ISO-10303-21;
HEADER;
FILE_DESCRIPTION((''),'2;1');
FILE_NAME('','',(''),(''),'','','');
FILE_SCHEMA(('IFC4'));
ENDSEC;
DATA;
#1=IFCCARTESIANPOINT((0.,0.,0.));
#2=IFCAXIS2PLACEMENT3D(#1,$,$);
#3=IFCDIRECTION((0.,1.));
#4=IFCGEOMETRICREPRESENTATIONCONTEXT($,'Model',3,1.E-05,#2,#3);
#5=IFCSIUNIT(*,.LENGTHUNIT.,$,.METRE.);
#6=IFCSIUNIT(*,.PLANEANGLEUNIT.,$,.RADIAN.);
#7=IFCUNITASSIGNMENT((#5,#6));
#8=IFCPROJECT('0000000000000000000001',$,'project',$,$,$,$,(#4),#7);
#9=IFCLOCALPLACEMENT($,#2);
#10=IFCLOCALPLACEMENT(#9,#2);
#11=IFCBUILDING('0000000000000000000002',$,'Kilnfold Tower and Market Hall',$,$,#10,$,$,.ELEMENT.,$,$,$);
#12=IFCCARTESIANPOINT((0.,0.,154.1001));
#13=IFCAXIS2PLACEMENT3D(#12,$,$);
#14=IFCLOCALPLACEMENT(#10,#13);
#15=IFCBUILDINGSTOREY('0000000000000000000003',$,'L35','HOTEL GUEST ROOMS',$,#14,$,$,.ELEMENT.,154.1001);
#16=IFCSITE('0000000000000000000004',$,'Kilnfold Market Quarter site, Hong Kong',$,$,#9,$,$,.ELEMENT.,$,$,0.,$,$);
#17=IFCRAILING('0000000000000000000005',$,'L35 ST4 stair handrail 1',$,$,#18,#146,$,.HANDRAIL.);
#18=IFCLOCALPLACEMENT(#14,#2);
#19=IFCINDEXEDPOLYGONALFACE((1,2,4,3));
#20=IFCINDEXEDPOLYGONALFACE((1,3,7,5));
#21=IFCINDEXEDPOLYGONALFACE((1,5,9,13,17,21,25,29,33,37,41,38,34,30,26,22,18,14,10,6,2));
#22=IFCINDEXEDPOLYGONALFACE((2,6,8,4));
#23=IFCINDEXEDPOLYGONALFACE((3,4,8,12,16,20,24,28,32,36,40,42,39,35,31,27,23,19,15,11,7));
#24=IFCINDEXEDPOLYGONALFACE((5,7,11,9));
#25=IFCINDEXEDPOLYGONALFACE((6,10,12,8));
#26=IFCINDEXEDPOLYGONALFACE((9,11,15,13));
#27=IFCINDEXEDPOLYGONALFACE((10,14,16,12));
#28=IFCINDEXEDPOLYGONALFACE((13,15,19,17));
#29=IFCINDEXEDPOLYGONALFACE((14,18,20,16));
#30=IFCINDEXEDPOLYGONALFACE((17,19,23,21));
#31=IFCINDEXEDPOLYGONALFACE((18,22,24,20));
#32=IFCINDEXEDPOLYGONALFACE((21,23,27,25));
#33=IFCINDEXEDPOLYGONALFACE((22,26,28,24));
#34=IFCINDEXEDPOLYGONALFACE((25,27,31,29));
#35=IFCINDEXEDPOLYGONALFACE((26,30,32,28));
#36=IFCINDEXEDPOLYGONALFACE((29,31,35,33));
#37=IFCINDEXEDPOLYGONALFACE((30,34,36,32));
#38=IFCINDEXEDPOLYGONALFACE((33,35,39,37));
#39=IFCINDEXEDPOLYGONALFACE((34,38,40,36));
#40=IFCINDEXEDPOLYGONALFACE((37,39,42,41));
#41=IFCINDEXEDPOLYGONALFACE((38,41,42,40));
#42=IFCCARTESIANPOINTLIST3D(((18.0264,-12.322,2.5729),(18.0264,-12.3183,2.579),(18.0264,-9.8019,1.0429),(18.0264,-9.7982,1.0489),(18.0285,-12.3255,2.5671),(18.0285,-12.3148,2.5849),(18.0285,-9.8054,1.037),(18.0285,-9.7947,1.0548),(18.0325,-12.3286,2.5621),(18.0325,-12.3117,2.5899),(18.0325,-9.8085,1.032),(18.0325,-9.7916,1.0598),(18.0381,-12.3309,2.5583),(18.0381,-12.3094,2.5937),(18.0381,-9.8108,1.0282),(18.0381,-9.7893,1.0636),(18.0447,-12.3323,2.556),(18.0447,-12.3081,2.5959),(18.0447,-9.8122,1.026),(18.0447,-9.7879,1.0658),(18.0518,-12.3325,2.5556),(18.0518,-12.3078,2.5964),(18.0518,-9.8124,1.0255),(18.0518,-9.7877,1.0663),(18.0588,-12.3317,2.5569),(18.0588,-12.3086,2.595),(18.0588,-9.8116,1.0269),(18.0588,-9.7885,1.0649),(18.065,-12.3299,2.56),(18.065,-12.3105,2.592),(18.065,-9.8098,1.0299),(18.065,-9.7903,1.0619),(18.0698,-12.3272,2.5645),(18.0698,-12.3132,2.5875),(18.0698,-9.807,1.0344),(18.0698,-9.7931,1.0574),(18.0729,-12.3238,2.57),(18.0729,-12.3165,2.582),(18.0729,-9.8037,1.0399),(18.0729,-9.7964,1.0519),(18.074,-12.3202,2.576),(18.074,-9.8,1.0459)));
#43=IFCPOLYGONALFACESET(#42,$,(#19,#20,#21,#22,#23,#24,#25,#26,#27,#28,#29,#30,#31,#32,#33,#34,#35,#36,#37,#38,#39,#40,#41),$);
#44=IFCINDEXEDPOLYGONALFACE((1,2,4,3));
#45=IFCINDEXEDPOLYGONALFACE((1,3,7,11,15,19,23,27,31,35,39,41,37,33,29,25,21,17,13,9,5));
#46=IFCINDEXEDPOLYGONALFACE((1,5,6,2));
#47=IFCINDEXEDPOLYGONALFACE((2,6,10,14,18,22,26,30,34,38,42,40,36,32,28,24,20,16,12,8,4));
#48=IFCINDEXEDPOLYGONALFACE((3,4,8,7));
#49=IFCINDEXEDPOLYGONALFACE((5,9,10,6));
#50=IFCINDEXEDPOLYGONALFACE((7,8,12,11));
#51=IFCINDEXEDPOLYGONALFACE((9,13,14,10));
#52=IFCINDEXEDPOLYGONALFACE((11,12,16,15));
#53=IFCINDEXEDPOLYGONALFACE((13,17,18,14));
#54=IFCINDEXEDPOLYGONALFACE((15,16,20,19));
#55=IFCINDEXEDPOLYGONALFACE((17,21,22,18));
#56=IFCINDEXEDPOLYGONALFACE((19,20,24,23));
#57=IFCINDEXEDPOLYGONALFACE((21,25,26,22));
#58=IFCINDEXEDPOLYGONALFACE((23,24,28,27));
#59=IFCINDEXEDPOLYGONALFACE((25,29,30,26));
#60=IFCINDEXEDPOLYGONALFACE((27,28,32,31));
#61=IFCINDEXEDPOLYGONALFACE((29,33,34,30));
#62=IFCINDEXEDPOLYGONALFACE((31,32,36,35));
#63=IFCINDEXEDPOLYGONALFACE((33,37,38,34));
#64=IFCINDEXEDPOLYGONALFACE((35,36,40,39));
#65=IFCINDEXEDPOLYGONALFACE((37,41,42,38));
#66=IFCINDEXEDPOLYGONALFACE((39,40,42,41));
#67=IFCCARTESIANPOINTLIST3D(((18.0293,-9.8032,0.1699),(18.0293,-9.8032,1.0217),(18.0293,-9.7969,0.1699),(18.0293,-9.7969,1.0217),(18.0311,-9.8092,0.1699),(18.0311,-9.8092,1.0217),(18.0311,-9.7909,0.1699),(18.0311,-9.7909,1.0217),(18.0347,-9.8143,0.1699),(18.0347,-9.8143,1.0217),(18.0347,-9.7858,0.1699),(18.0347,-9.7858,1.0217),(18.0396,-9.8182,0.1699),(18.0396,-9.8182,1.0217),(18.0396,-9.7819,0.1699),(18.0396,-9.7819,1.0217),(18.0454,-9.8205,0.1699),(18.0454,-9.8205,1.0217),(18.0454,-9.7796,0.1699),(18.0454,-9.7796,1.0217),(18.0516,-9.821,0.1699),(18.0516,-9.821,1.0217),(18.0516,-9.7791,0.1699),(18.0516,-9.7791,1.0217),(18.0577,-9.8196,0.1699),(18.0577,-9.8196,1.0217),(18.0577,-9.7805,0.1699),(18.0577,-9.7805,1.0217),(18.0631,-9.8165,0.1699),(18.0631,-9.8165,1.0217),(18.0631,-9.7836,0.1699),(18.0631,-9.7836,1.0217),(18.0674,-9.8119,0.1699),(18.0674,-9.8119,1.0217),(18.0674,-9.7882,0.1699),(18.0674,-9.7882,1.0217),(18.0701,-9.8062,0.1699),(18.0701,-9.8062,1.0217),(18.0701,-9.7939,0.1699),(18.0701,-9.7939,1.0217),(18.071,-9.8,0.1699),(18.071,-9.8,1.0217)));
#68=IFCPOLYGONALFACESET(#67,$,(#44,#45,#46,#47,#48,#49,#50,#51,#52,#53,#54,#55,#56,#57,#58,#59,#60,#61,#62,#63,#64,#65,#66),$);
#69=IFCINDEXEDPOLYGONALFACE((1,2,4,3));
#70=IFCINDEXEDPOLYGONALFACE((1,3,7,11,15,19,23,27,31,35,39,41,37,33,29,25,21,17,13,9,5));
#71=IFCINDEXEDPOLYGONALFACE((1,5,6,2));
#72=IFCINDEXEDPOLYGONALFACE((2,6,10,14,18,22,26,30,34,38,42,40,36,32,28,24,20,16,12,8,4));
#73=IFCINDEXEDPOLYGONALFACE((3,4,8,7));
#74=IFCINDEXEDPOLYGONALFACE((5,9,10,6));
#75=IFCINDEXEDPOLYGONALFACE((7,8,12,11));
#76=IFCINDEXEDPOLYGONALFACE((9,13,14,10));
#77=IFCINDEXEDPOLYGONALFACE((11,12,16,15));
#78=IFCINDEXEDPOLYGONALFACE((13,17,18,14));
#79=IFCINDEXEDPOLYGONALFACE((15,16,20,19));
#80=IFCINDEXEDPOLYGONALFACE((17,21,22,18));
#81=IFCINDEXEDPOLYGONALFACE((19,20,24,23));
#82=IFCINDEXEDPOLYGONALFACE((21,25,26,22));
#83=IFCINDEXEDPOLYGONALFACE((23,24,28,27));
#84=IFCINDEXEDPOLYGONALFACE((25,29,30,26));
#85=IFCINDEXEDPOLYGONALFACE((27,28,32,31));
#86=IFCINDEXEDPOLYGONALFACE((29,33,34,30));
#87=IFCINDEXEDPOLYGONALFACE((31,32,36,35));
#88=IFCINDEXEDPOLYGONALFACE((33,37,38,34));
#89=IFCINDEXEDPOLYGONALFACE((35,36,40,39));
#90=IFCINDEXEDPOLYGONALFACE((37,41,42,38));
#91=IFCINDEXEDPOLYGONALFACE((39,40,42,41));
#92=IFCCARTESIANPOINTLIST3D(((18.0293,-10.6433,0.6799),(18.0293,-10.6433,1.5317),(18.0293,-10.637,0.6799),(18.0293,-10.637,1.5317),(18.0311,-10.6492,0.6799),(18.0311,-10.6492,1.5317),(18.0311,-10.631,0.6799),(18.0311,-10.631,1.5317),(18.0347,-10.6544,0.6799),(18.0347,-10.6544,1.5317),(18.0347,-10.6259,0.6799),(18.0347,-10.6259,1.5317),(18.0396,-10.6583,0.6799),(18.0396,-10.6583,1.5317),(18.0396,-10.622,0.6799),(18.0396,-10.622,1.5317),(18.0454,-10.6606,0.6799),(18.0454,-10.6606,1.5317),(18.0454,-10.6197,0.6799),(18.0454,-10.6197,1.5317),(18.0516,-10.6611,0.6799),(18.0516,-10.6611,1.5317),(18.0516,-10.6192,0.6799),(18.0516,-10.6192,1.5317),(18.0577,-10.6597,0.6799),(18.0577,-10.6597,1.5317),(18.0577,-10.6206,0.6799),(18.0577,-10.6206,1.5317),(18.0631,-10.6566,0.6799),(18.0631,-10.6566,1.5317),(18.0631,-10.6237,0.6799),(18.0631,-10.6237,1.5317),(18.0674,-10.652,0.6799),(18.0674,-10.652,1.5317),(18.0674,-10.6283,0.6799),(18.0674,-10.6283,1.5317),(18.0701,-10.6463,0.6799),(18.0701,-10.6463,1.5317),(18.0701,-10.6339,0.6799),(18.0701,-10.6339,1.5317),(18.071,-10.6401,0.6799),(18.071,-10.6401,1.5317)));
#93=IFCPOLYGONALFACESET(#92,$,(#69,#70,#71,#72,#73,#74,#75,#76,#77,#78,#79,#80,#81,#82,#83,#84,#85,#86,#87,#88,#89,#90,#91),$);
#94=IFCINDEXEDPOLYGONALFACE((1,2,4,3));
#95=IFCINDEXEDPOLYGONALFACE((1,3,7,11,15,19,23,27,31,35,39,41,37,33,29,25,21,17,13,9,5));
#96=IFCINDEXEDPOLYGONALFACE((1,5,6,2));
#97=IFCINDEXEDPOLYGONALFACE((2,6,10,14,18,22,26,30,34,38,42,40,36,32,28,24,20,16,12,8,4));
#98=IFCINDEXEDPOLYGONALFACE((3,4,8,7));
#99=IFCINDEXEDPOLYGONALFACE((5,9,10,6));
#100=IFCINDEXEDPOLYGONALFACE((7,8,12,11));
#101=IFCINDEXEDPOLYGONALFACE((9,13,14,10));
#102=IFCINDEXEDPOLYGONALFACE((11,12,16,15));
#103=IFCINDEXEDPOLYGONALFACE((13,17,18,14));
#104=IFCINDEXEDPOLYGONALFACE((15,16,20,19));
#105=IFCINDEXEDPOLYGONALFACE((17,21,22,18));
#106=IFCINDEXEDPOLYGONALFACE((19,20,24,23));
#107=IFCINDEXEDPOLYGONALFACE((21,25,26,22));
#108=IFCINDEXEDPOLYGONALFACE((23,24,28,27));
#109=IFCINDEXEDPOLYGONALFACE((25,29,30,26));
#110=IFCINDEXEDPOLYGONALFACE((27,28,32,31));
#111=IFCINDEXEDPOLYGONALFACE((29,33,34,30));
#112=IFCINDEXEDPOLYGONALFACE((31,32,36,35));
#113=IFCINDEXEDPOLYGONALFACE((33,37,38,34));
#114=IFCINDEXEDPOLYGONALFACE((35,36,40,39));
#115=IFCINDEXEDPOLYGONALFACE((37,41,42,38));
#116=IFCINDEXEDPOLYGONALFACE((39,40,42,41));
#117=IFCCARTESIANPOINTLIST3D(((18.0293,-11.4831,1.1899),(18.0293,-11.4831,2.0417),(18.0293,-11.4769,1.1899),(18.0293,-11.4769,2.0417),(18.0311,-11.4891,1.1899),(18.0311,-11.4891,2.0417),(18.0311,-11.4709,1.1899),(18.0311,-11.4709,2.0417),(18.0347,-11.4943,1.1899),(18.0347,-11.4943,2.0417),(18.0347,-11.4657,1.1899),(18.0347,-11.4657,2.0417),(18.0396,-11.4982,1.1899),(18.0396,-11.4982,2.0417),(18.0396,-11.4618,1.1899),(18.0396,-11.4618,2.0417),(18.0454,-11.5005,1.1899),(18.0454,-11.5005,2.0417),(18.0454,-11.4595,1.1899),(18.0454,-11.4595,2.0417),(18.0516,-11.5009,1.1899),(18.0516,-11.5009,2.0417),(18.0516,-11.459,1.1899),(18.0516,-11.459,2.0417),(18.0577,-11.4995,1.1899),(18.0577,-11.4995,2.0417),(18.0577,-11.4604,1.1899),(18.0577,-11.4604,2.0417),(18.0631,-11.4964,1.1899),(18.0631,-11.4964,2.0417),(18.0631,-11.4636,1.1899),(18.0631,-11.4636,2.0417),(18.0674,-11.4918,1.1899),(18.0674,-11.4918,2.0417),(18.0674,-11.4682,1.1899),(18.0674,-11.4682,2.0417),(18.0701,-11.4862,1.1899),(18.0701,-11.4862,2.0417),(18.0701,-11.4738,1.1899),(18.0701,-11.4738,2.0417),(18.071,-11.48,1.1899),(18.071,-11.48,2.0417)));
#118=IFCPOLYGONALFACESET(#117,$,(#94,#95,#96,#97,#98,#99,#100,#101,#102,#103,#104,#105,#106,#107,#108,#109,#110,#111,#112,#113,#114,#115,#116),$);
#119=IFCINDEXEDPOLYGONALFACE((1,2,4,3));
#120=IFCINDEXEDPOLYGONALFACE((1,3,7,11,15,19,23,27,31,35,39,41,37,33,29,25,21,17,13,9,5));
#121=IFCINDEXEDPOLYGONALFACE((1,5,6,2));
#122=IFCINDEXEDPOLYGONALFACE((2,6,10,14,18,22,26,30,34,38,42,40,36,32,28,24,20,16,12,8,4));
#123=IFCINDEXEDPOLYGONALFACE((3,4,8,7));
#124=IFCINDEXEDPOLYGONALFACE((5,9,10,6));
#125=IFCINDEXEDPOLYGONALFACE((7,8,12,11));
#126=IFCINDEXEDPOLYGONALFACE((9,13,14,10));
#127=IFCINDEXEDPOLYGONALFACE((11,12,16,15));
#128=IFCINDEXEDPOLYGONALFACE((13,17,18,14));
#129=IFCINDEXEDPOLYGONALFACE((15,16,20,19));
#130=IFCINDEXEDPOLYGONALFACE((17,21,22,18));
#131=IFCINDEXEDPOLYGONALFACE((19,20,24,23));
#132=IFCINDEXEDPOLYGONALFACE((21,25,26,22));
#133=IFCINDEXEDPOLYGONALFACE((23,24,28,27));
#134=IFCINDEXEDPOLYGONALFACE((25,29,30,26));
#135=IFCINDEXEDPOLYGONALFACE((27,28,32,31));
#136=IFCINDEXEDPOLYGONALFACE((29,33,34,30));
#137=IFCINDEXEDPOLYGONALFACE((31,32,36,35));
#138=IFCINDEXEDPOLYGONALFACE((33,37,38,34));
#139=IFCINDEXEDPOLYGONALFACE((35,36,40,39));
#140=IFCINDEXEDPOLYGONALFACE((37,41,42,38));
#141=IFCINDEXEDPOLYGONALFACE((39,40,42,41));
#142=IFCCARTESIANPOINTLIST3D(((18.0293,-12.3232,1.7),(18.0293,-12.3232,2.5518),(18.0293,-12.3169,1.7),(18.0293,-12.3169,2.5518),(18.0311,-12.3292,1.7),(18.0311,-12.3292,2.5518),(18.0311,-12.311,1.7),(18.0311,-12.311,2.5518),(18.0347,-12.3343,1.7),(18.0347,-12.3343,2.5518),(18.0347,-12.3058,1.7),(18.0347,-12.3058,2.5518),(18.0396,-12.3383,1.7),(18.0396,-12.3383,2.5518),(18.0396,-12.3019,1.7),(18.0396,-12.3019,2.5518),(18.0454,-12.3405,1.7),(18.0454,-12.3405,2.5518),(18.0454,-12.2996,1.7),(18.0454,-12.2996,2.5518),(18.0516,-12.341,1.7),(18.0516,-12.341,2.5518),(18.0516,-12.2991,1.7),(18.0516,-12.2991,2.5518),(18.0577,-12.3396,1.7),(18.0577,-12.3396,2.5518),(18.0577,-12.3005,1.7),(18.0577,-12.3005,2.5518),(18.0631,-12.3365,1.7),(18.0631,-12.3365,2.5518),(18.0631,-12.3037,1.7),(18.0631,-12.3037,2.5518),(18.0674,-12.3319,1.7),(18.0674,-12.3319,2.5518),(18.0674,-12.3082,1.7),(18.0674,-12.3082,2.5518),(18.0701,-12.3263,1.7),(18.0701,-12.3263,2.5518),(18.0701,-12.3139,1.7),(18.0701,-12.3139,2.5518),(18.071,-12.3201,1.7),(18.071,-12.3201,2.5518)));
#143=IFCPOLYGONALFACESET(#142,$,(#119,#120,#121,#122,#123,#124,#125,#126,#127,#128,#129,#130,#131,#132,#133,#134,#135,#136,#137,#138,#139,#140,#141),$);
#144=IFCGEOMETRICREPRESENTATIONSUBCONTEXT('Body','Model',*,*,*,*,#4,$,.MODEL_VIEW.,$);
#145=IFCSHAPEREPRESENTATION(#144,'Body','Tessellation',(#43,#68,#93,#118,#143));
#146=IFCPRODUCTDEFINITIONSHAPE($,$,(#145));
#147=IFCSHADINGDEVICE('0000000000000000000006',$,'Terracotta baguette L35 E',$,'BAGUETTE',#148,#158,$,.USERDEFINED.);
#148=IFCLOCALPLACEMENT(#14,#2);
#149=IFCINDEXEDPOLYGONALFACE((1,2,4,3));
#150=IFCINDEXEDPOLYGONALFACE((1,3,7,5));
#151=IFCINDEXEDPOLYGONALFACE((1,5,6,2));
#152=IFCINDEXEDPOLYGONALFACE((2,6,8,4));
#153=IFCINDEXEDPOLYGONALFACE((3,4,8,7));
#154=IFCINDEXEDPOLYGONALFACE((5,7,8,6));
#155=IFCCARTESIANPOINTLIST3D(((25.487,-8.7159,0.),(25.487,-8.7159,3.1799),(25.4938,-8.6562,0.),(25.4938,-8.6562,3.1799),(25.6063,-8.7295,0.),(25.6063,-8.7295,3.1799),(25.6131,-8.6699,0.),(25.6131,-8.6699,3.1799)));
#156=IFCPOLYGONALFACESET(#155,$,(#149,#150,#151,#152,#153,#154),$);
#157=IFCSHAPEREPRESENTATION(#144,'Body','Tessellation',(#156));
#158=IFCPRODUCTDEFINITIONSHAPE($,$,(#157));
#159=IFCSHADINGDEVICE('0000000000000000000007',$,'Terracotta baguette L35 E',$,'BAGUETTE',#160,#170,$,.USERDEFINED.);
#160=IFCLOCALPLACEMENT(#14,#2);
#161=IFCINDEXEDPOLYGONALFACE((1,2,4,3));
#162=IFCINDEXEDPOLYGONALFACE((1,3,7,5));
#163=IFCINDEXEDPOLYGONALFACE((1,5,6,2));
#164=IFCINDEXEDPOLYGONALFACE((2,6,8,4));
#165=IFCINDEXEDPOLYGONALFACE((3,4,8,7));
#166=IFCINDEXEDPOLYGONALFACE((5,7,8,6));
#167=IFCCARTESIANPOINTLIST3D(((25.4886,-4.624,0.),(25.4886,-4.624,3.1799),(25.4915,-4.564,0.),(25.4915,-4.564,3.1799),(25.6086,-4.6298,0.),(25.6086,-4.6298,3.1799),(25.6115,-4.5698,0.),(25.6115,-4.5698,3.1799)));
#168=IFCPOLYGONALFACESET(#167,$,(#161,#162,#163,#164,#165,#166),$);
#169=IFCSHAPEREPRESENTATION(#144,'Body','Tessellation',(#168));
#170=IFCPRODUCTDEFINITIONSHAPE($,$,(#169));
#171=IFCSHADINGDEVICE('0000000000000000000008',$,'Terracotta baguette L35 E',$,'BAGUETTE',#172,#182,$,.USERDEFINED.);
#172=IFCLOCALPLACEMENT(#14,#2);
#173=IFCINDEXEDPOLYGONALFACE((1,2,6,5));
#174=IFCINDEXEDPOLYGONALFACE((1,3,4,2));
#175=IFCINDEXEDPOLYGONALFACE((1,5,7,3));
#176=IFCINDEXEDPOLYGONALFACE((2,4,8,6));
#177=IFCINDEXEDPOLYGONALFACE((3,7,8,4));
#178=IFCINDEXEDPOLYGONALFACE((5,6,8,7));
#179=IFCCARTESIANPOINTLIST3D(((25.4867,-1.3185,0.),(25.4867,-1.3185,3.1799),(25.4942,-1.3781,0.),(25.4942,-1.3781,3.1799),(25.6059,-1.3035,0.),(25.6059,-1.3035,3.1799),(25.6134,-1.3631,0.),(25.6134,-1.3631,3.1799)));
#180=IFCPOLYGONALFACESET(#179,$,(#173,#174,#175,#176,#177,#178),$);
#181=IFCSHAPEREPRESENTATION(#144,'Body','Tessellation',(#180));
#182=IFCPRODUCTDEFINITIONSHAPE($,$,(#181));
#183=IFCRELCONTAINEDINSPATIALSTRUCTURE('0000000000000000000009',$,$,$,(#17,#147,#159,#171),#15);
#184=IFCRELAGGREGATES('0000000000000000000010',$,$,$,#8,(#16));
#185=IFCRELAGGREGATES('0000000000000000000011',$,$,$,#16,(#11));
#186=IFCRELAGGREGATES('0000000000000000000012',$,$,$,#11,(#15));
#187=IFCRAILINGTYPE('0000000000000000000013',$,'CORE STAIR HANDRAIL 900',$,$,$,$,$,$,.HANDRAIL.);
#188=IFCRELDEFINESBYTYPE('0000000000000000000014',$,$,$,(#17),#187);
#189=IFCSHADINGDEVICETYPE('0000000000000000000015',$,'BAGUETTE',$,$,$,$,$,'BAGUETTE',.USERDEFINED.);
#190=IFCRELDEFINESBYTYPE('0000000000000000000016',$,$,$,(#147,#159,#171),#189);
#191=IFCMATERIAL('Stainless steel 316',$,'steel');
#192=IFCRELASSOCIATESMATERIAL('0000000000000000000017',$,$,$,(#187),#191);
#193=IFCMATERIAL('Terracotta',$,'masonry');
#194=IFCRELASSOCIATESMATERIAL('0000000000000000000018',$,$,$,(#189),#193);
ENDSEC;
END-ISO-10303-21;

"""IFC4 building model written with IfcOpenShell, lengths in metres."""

from ifc_helpers import new_model, si_unit, direction, frame, origin, origin_2d, place, context, subcontext, project, spatial, rectangle, circle, extrude, source, transform, mapped, material, material_profile, profile_set, type_object, element, save


model = new_model("IFC4")

# Units and contexts
model_context = context("Model", 3, precision=1e-05, world=origin(), true_north=direction((0.0, 1.0)))
body_context = subcontext(model_context, "Body", "Model", "MODEL_VIEW")
ifc_project = project(units=[si_unit("LENGTHUNIT", "METRE"), si_unit("PLANEANGLEUNIT", "RADIAN")], contexts=[model_context])

# Site, building, storey
site_placement = place(None, origin())
site = spatial("IfcSite", under=ifc_project, at=site_placement, Name="Kilnfold Market Quarter site, Hong Kong", CompositionType="ELEMENT", RefElevation=0.0)
building_placement = place(site_placement, origin())
building = spatial("IfcBuilding", under=site, at=building_placement, Name="Kilnfold Tower and Market Hall", CompositionType="ELEMENT")
storey_placement = place(building_placement, frame((0.0, 0.0, 154.1001)))
storey = spatial("IfcBuildingStorey", under=building, at=storey_placement, Name="L35", Description="HOTEL GUEST ROOMS", CompositionType="ELEMENT", Elevation=154.1001)

# Railing
ifc_material_1 = material(Name="Stainless steel 316", Category="steel")
railing_type_1 = type_object("IfcRailingType", Name="CORE STAIR HANDRAIL 900", PredefinedType="HANDRAIL", material=ifc_material_1)
railing_1_placement = place(storey_placement, frame((18.05, -9.8, 0.1699)))
element("IfcRailing", 1, at=railing_1_placement, inside=storey, type_object=railing_type_1, Name="L35 ST4 stair handrail 1", PredefinedType="HANDRAIL", context=body_context, shape_type="SweptSolid", body=[
    extrude(circle(Radius=0.0239, at=origin_2d()), frame((0.0, 0.0, 0.876), z_axis=(0.0, -0.854785, 0.518982), x_axis=(1.0, 0.0, 0.0)), (0.0, 0.0, 1.0), 2.9482),
    extrude(circle(Radius=0.021, at=origin_2d()), origin(), (0.0, 0.0, 1.0), 0.8518),
    extrude(circle(Radius=0.021, at=origin_2d()), frame((0.0, -0.8401, 0.51)), (0.0, 0.0, 1.0), 0.8518),
    extrude(circle(Radius=0.021, at=origin_2d()), frame((0.0, -1.6799, 1.02)), (0.0, 0.0, 1.0), 0.8518),
    extrude(circle(Radius=0.021, at=origin_2d()), frame((0.0, -2.52, 1.53)), (0.0, 0.0, 1.0), 0.8518),
])

# Shading devices
ifc_material_2 = material(Name="Terracotta", Category="masonry")
ifc_material_profile_1 = material_profile(ifc_material_2, rectangle(XDim=0.0601, YDim=0.1201, at=origin_2d()), Name="BAG 60x120")
ifc_profile_set_1 = profile_set([ifc_material_profile_1], Name="Terracotta")
shading_device_type = type_object("IfcShadingDeviceType", Name="BAGUETTE", ElementType="BAGUETTE", PredefinedType="USERDEFINED", material=ifc_profile_set_1)
shared_shape_1 = source(origin(), body_context, "Body", "SweptSolid", [
    extrude(rectangle(XDim=0.0601, YDim=0.1201, at=origin_2d()), origin(), (0.0, 0.0, 1.0), 3.1799),
])
for number, where, z_axis, x_axis, name in (
    (2, (25.55, -8.6929, 0.0), (0.0, 0.0, 1.0), (0.113482, 0.99354, 0.0), "Terracotta baguette L35 E"),
    (3, (25.55, -4.5969, 0.0), (0.0, 0.0, 1.0), (0.048053, 0.998845, 0.0), "Terracotta baguette L35 E"),
    (4, (25.55, -1.3408, 0.0), (0.0, 0.0, 1.0), (-0.124732, 0.99219, 0.0), "Terracotta baguette L35 E"),
):
    element("IfcShadingDevice", number, at=place(storey_placement, frame(where, z_axis=z_axis, x_axis=x_axis)), inside=storey, type_object=shading_device_type, Name=name, ObjectType="BAGUETTE", PredefinedType="USERDEFINED", context=body_context, shape_type="MappedRepresentation", body=[
        mapped(shared_shape_1, transform((0.0, 0.0, 0.0))),
    ])

save(model, "model.ifc")
